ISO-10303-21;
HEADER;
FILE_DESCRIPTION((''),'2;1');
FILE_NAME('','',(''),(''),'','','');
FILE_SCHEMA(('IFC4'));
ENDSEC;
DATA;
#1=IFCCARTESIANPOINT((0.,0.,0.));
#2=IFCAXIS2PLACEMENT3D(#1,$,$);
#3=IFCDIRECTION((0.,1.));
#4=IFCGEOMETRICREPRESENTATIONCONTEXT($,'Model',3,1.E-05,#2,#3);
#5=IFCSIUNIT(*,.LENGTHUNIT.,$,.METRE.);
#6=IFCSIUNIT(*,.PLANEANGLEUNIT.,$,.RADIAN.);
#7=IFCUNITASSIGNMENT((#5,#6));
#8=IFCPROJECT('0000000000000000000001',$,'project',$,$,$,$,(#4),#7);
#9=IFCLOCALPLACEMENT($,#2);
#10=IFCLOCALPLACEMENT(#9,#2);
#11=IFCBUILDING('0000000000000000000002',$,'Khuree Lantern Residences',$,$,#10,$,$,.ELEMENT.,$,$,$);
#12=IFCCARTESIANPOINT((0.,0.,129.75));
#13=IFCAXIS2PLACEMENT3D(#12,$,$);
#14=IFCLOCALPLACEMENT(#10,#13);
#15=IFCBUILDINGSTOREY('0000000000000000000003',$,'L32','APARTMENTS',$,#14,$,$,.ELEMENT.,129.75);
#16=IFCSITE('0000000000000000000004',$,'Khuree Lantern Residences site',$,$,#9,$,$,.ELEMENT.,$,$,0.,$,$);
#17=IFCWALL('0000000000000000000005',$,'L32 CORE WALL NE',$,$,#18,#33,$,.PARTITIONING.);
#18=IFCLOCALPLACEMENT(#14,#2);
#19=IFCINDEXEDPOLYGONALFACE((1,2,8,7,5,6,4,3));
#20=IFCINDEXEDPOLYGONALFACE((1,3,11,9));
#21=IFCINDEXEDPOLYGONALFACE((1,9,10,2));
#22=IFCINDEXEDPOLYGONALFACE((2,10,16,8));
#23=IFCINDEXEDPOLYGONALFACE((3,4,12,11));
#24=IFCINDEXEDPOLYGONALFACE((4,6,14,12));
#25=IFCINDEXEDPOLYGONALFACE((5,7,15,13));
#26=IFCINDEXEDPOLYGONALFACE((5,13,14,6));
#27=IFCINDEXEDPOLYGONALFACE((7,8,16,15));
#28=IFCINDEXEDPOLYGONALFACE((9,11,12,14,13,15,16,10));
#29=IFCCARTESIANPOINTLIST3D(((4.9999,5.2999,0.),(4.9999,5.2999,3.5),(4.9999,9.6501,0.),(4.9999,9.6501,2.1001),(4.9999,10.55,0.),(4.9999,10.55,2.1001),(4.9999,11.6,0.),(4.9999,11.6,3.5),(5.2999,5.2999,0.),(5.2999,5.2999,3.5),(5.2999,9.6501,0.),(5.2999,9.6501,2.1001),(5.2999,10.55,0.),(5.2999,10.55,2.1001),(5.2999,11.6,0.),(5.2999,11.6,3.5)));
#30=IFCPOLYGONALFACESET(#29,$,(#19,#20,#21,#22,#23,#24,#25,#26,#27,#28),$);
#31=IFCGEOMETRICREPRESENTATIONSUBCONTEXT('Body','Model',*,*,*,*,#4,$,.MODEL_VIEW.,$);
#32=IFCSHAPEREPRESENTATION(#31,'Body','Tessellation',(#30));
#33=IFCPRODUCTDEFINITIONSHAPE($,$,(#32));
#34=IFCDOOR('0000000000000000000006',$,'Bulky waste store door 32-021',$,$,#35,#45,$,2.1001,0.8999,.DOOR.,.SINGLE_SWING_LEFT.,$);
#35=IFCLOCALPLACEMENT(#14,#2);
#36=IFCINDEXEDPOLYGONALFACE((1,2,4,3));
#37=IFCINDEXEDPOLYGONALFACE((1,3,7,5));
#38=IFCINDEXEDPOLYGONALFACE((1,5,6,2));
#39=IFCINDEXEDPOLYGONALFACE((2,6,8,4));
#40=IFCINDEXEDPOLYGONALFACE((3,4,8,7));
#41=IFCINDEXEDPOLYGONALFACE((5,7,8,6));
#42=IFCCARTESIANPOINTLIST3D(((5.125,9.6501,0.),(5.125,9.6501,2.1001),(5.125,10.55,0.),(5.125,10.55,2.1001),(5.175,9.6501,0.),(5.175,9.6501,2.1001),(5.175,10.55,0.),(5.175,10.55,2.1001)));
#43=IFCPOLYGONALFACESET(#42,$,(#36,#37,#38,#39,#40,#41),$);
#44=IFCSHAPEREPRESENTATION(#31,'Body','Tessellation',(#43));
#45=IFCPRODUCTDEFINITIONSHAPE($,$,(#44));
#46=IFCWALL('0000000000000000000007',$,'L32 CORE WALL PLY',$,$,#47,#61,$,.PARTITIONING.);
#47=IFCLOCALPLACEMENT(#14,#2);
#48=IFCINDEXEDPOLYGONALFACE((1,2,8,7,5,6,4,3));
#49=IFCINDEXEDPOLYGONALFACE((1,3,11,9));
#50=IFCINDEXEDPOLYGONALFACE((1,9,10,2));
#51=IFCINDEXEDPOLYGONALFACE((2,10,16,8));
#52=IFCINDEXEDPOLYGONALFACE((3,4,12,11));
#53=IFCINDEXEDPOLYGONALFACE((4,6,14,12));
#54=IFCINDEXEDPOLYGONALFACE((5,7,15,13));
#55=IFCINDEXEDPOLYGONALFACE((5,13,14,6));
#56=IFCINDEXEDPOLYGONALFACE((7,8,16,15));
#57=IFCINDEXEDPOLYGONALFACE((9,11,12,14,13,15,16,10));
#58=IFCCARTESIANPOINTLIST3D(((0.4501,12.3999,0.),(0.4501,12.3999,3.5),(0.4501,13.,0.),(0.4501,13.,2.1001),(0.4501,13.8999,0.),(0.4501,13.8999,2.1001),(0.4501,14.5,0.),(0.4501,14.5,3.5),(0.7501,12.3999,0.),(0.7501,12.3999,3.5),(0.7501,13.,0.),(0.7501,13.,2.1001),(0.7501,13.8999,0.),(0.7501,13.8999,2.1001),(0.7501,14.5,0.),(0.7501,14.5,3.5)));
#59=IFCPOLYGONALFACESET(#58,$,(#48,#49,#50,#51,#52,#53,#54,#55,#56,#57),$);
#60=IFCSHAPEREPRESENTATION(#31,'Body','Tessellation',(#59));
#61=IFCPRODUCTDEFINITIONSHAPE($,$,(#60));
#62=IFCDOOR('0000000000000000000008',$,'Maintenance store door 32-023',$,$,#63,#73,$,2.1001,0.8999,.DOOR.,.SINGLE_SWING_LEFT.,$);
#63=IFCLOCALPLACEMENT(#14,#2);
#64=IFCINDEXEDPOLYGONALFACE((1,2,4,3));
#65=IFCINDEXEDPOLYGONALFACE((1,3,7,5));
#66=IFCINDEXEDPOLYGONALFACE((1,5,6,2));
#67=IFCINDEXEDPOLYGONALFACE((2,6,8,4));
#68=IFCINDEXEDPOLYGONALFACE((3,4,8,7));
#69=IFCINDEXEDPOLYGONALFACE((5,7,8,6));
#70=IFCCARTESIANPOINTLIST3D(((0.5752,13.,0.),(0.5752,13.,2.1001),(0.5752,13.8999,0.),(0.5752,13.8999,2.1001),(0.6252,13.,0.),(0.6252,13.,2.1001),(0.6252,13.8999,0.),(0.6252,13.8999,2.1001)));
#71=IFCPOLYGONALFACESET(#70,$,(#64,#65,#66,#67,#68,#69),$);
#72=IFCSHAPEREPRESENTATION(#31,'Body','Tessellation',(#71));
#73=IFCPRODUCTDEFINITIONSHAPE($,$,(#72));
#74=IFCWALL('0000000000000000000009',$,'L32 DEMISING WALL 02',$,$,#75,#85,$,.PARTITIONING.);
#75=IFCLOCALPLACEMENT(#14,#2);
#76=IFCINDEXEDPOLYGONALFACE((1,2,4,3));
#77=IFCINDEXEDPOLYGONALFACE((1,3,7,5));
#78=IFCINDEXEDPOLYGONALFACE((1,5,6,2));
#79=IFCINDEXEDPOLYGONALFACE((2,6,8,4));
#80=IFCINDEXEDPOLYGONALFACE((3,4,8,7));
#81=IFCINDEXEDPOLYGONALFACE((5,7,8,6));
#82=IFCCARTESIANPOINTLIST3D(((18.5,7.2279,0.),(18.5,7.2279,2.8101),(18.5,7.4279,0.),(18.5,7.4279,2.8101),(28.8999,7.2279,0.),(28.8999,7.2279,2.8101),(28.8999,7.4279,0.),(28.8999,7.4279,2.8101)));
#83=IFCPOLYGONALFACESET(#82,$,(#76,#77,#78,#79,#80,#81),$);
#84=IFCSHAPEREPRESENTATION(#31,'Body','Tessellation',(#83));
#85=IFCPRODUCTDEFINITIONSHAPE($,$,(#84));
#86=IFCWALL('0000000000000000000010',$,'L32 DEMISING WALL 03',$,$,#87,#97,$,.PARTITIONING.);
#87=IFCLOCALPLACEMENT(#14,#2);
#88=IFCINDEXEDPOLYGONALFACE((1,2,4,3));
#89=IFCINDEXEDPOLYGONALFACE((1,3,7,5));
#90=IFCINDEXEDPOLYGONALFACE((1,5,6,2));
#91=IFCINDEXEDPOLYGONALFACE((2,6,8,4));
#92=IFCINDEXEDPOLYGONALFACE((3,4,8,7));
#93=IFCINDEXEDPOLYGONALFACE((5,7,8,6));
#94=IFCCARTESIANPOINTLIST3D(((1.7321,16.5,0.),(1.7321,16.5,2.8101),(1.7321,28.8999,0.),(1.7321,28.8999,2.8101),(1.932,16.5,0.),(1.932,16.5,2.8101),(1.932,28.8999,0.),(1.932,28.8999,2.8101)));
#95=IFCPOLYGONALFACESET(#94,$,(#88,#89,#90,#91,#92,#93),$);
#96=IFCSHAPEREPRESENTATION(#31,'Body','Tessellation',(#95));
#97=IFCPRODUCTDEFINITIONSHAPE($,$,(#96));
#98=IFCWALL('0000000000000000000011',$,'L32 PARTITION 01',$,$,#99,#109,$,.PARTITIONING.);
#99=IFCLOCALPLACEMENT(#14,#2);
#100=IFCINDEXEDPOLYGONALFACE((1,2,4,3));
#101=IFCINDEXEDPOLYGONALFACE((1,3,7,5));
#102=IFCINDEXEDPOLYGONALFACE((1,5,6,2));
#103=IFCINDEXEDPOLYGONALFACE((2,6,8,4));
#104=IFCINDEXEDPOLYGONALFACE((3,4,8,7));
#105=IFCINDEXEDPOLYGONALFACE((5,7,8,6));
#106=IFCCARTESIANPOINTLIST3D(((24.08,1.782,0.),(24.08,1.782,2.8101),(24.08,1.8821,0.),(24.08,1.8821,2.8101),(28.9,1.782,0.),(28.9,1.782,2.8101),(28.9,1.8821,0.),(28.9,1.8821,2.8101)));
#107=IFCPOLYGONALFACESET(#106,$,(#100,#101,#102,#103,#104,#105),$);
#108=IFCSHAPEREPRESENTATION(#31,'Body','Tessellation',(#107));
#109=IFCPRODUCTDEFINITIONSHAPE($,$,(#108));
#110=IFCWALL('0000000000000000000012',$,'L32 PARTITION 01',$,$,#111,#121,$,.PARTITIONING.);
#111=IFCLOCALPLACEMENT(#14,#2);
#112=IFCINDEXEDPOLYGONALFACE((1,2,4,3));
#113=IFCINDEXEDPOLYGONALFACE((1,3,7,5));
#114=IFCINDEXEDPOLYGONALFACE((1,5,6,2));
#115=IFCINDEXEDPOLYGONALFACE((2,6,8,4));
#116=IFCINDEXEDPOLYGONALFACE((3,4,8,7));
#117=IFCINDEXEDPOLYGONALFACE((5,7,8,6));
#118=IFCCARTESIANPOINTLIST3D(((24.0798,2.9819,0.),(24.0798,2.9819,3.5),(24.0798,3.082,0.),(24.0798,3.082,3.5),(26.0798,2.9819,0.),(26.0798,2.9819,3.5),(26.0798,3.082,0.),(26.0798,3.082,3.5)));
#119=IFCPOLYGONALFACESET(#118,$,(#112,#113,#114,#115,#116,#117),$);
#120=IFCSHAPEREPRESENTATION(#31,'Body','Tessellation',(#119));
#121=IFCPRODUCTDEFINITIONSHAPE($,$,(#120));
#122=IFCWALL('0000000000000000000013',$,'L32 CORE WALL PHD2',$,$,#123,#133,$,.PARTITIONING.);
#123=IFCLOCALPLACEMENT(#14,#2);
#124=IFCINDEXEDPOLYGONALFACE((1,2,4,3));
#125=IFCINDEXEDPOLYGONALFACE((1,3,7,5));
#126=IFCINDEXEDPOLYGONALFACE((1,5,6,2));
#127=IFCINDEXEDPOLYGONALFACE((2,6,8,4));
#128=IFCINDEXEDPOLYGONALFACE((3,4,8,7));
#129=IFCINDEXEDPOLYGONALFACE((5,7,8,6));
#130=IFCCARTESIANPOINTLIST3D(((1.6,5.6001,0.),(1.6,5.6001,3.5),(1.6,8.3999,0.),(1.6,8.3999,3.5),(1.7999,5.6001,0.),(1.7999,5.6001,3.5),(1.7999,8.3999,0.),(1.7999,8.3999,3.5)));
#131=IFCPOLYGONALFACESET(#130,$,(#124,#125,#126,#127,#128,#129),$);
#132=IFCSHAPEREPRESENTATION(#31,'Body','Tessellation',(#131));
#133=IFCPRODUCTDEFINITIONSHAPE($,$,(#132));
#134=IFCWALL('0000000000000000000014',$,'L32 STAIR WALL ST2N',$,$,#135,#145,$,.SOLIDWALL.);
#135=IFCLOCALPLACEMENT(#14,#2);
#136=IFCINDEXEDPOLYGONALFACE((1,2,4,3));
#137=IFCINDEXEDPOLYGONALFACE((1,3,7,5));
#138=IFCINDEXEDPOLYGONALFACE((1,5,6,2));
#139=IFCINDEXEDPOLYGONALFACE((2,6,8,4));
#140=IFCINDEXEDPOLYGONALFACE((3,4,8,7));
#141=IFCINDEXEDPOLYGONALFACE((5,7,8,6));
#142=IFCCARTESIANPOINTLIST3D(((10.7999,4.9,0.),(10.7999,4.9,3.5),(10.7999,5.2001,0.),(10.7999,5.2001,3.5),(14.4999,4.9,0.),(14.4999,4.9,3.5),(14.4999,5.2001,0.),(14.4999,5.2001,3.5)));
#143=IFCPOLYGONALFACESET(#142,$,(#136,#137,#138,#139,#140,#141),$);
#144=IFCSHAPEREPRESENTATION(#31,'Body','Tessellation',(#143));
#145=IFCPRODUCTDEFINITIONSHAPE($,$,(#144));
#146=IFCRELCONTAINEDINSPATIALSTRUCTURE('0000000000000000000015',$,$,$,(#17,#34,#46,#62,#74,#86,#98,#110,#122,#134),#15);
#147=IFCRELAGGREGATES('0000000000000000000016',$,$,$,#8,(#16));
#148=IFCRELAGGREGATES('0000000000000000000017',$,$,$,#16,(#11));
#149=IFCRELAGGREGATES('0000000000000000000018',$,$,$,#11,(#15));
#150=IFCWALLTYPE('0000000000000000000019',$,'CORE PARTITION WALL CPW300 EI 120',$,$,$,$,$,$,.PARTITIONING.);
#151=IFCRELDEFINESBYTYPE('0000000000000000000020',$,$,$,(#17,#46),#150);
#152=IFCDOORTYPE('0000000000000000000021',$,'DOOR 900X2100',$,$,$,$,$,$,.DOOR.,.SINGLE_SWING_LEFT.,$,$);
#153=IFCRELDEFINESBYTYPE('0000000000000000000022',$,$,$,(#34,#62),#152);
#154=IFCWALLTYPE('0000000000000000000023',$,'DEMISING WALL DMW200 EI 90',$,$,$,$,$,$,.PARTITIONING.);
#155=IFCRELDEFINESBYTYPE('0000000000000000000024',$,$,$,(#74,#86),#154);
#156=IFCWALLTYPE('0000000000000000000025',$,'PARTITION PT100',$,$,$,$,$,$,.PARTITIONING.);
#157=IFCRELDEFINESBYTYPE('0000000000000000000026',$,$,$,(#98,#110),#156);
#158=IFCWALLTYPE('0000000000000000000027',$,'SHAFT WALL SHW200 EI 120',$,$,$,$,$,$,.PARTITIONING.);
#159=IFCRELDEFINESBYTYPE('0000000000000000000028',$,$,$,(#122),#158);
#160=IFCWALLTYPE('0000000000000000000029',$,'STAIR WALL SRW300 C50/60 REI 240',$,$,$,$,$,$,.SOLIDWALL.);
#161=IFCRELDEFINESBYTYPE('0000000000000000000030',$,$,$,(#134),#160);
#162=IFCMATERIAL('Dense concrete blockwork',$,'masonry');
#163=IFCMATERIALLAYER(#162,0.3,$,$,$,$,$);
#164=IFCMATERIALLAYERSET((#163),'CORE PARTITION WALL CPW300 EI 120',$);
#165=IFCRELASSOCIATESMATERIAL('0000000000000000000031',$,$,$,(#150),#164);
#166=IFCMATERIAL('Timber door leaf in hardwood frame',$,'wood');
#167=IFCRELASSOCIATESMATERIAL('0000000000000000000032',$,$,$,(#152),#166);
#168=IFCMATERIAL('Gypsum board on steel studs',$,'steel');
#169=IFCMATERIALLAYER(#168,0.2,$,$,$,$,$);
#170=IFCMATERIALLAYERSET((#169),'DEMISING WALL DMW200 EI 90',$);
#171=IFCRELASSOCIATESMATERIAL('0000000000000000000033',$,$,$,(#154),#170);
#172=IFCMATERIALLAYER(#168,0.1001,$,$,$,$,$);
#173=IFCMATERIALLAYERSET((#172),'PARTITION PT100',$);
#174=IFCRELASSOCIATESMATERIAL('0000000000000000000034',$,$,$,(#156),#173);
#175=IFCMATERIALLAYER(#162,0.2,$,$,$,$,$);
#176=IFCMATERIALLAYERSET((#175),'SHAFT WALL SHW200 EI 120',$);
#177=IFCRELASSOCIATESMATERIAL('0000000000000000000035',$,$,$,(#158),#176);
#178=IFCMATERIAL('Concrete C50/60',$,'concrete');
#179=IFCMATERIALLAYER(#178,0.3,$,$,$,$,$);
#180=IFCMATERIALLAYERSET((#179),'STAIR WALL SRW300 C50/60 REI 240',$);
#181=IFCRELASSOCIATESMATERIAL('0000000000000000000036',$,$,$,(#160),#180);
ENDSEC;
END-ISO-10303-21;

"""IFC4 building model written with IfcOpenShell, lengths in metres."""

from ifc_helpers import new_model, si_unit, direction, frame, frame_2d, origin, place, context, subcontext, project, spatial, rectangle, extrude, material, layer, layer_set, type_object, element, fill, save


model = new_model("IFC4")

# Units and contexts
model_context = context("Model", 3, precision=1e-05, world=origin(), true_north=direction((0.0, 1.0)))
body_context = subcontext(model_context, "Body", "Model", "MODEL_VIEW")
ifc_project = project(units=[si_unit("LENGTHUNIT", "METRE"), si_unit("PLANEANGLEUNIT", "RADIAN")], contexts=[model_context])

# Site, building, storey
site_placement = place(None, origin())
site = spatial("IfcSite", under=ifc_project, at=site_placement, Name="Khuree Lantern Residences site", CompositionType="ELEMENT", RefElevation=0.0)
building_placement = place(site_placement, origin())
building = spatial("IfcBuilding", under=site, at=building_placement, Name="Khuree Lantern Residences", CompositionType="ELEMENT")
storey_placement = place(building_placement, frame((0.0, 0.0, 129.75)))
storey = spatial("IfcBuildingStorey", under=building, at=storey_placement, Name="L32", Description="APARTMENTS", CompositionType="ELEMENT", Elevation=129.75)

# Shared definitions
ifc_material_1 = material(Name="Timber door leaf in hardwood frame", Category="wood")

# Shared definitions
ifc_material_2 = material(Name="Dense concrete blockwork", Category="masonry")
ifc_layer_1 = layer(ifc_material_2, 0.3)
ifc_layer_set_1 = layer_set([ifc_layer_1], Name="CORE PARTITION WALL CPW300 EI 120")
wall_type_1 = type_object("IfcWallType", Name="CORE PARTITION WALL CPW300 EI 120", PredefinedType="PARTITIONING", material=ifc_layer_set_1)

# Walls, openings, doors
wall_1_placement = place(storey_placement, frame((5.1499, 5.3, 0.0), z_axis=(0.0, 0.0, 1.0), x_axis=(0.0, 1.0, 0.0)))
wall_1 = element("IfcWall", 1, at=wall_1_placement, inside=storey, type_object=wall_type_1, Name="L32 CORE WALL NE", PredefinedType="PARTITIONING", context=body_context, shape_type="SweptSolid", body=[
    extrude(rectangle(XDim=6.3, YDim=0.3, at=frame_2d((3.1499, 0.0))), origin(), (0.0, 0.0, 1.0), 3.5),
])
opening_1_placement = place(wall_1_placement, frame((4.3501, 0.0, 0.0)))
opening_1 = element("IfcOpeningElement", 2, at=opening_1_placement, cuts=wall_1, PredefinedType="OPENING", context=body_context, shape_type="SweptSolid", body=[
    extrude(rectangle(XDim=0.8999, YDim=2.1001, at=frame_2d((0.45, 1.05))), frame((0.0, 0.1602, 0.0), z_axis=(0.0, -1.0, 0.0), x_axis=(1.0, 0.0, 0.0)), (0.0, 0.0, 1.0), 0.3201),
])
door_type_1 = type_object("IfcDoorType", Name="DOOR 900X2100", OperationType="SINGLE_SWING_LEFT", PredefinedType="DOOR", material=ifc_material_1)
door_1_placement = place(opening_1_placement, origin())
door_1 = element("IfcDoor", 3, at=door_1_placement, inside=storey, type_object=door_type_1, Name="Bulky waste store door 32-021", OperationType="SINGLE_SWING_LEFT", OverallHeight=2.1001, OverallWidth=0.8999, PredefinedType="DOOR", context=body_context, shape_type="SweptSolid", body=[
    extrude(rectangle(XDim=0.8999, YDim=2.1001, at=frame_2d((0.45, 1.05))), frame((0.0, 0.0249, 0.0), z_axis=(0.0, -1.0, 0.0), x_axis=(1.0, 0.0, 0.0)), (0.0, 0.0, 1.0), 0.05),
])
fill(opening_1, door_1)
wall_2_placement = place(storey_placement, frame((0.6001, 12.3999, 0.0), z_axis=(0.0, 0.0, 1.0), x_axis=(0.0, 1.0, 0.0)))
wall_2 = element("IfcWall", 4, at=wall_2_placement, inside=storey, type_object=wall_type_1, Name="L32 CORE WALL PLY", PredefinedType="PARTITIONING", context=body_context, shape_type="SweptSolid", body=[
    extrude(rectangle(XDim=2.1001, YDim=0.3, at=frame_2d((1.05, 0.0))), origin(), (0.0, 0.0, 1.0), 3.5),
])
opening_2_placement = place(wall_2_placement, frame((0.6001, 0.0, 0.0)))
opening_2 = element("IfcOpeningElement", 5, at=opening_2_placement, cuts=wall_2, PredefinedType="OPENING", context=body_context, shape_type="SweptSolid", body=[
    extrude(rectangle(XDim=0.8999, YDim=2.1001, at=frame_2d((0.45, 1.05))), frame((0.0, 0.1602, 0.0), z_axis=(0.0, -1.0, 0.0), x_axis=(1.0, 0.0, 0.0)), (0.0, 0.0, 1.0), 0.3201),
])
door_2_placement = place(opening_2_placement, origin())
door_2 = element("IfcDoor", 6, at=door_2_placement, inside=storey, type_object=door_type_1, Name="Maintenance store door 32-023", OperationType="SINGLE_SWING_LEFT", OverallHeight=2.1001, OverallWidth=0.8999, PredefinedType="DOOR", context=body_context, shape_type="SweptSolid", body=[
    extrude(rectangle(XDim=0.8999, YDim=2.1001, at=frame_2d((0.45, 1.05))), frame((0.0, 0.0249, 0.0), z_axis=(0.0, -1.0, 0.0), x_axis=(1.0, 0.0, 0.0)), (0.0, 0.0, 1.0), 0.05),
])
fill(opening_2, door_2)

# Walls
ifc_material_3 = material(Name="Gypsum board on steel studs", Category="steel")
ifc_layer_2 = layer(ifc_material_3, 0.2)
ifc_layer_set_2 = layer_set([ifc_layer_2], Name="DEMISING WALL DMW200 EI 90")
wall_type_2 = type_object("IfcWallType", Name="DEMISING WALL DMW200 EI 90", PredefinedType="PARTITIONING", material=ifc_layer_set_2)
wall_3_placement = place(storey_placement, frame((18.5, 7.3279, 0.0), z_axis=(0.0, 0.0, 1.0), x_axis=(1.0, 0.0, 0.0)))
element("IfcWall", 7, at=wall_3_placement, inside=storey, type_object=wall_type_2, Name="L32 DEMISING WALL 02", PredefinedType="PARTITIONING", context=body_context, shape_type="SweptSolid", body=[
    extrude(rectangle(XDim=10.3999, YDim=0.2, at=frame_2d((5.2, 0.0))), origin(), (0.0, 0.0, 1.0), 2.8101),
])
wall_4_placement = place(storey_placement, frame((1.832, 16.5, 0.0), z_axis=(0.0, 0.0, 1.0), x_axis=(0.0, 1.0, 0.0)))
element("IfcWall", 8, at=wall_4_placement, inside=storey, type_object=wall_type_2, Name="L32 DEMISING WALL 03", PredefinedType="PARTITIONING", context=body_context, shape_type="SweptSolid", body=[
    extrude(rectangle(XDim=12.3999, YDim=0.2, at=frame_2d((6.2, 0.0))), origin(), (0.0, 0.0, 1.0), 2.8101),
])
ifc_layer_3 = layer(ifc_material_3, 0.1001)
ifc_layer_set_3 = layer_set([ifc_layer_3], Name="PARTITION PT100")
wall_type_3 = type_object("IfcWallType", Name="PARTITION PT100", PredefinedType="PARTITIONING", material=ifc_layer_set_3)
wall_5_placement = place(storey_placement, frame((24.0798, 1.832, 0.0), z_axis=(0.0, 0.0, 1.0), x_axis=(1.0, 0.0, 0.0)))
element("IfcWall", 9, at=wall_5_placement, inside=storey, type_object=wall_type_3, Name="L32 PARTITION 01", PredefinedType="PARTITIONING", context=body_context, shape_type="SweptSolid", body=[
    extrude(rectangle(XDim=4.8201, YDim=0.1001, at=frame_2d((2.4102, 0.0))), origin(), (0.0, 0.0, 1.0), 2.8101),
])
wall_6_placement = place(storey_placement, frame((24.0798, 3.032, 0.0), z_axis=(0.0, 0.0, 1.0), x_axis=(1.0, 0.0, 0.0)))
element("IfcWall", 10, at=wall_6_placement, inside=storey, type_object=wall_type_3, Name="L32 PARTITION 01", PredefinedType="PARTITIONING", context=body_context, shape_type="SweptSolid", body=[
    extrude(rectangle(XDim=2.0, YDim=0.1001, at=frame_2d((1.0, 0.0))), origin(), (0.0, 0.0, 1.0), 3.5),
])
ifc_layer_4 = layer(ifc_material_2, 0.2)
ifc_layer_set_4 = layer_set([ifc_layer_4], Name="SHAFT WALL SHW200 EI 120")
wall_type_4 = type_object("IfcWallType", Name="SHAFT WALL SHW200 EI 120", PredefinedType="PARTITIONING", material=ifc_layer_set_4)
wall_7_placement = place(storey_placement, frame((1.7, 5.6001, 0.0), z_axis=(0.0, 0.0, 1.0), x_axis=(0.0, 1.0, 0.0)))
element("IfcWall", 11, at=wall_7_placement, inside=storey, type_object=wall_type_4, Name="L32 CORE WALL PHD2", PredefinedType="PARTITIONING", context=body_context, shape_type="SweptSolid", body=[
    extrude(rectangle(XDim=2.7998, YDim=0.2, at=frame_2d((1.3999, 0.0))), origin(), (0.0, 0.0, 1.0), 3.5),
])
ifc_material_4 = material(Name="Concrete C50/60", Category="concrete")
ifc_layer_5 = layer(ifc_material_4, 0.3)
ifc_layer_set_5 = layer_set([ifc_layer_5], Name="STAIR WALL SRW300 C50/60 REI 240")
wall_type_5 = type_object("IfcWallType", Name="STAIR WALL SRW300 C50/60 REI 240", PredefinedType="SOLIDWALL", material=ifc_layer_set_5)
wall_8_placement = place(storey_placement, frame((14.5, 5.05, 0.0), z_axis=(0.0, 0.0, 1.0), x_axis=(-1.0, 0.0, 0.0)))
element("IfcWall", 12, at=wall_8_placement, inside=storey, type_object=wall_type_5, Name="L32 STAIR WALL ST2N", PredefinedType="SOLIDWALL", context=body_context, shape_type="SweptSolid", body=[
    extrude(rectangle(XDim=3.7, YDim=0.3, at=frame_2d((1.8501, 0.0))), origin(), (0.0, 0.0, 1.0), 3.5),
])

save(model, "model.ifc")
